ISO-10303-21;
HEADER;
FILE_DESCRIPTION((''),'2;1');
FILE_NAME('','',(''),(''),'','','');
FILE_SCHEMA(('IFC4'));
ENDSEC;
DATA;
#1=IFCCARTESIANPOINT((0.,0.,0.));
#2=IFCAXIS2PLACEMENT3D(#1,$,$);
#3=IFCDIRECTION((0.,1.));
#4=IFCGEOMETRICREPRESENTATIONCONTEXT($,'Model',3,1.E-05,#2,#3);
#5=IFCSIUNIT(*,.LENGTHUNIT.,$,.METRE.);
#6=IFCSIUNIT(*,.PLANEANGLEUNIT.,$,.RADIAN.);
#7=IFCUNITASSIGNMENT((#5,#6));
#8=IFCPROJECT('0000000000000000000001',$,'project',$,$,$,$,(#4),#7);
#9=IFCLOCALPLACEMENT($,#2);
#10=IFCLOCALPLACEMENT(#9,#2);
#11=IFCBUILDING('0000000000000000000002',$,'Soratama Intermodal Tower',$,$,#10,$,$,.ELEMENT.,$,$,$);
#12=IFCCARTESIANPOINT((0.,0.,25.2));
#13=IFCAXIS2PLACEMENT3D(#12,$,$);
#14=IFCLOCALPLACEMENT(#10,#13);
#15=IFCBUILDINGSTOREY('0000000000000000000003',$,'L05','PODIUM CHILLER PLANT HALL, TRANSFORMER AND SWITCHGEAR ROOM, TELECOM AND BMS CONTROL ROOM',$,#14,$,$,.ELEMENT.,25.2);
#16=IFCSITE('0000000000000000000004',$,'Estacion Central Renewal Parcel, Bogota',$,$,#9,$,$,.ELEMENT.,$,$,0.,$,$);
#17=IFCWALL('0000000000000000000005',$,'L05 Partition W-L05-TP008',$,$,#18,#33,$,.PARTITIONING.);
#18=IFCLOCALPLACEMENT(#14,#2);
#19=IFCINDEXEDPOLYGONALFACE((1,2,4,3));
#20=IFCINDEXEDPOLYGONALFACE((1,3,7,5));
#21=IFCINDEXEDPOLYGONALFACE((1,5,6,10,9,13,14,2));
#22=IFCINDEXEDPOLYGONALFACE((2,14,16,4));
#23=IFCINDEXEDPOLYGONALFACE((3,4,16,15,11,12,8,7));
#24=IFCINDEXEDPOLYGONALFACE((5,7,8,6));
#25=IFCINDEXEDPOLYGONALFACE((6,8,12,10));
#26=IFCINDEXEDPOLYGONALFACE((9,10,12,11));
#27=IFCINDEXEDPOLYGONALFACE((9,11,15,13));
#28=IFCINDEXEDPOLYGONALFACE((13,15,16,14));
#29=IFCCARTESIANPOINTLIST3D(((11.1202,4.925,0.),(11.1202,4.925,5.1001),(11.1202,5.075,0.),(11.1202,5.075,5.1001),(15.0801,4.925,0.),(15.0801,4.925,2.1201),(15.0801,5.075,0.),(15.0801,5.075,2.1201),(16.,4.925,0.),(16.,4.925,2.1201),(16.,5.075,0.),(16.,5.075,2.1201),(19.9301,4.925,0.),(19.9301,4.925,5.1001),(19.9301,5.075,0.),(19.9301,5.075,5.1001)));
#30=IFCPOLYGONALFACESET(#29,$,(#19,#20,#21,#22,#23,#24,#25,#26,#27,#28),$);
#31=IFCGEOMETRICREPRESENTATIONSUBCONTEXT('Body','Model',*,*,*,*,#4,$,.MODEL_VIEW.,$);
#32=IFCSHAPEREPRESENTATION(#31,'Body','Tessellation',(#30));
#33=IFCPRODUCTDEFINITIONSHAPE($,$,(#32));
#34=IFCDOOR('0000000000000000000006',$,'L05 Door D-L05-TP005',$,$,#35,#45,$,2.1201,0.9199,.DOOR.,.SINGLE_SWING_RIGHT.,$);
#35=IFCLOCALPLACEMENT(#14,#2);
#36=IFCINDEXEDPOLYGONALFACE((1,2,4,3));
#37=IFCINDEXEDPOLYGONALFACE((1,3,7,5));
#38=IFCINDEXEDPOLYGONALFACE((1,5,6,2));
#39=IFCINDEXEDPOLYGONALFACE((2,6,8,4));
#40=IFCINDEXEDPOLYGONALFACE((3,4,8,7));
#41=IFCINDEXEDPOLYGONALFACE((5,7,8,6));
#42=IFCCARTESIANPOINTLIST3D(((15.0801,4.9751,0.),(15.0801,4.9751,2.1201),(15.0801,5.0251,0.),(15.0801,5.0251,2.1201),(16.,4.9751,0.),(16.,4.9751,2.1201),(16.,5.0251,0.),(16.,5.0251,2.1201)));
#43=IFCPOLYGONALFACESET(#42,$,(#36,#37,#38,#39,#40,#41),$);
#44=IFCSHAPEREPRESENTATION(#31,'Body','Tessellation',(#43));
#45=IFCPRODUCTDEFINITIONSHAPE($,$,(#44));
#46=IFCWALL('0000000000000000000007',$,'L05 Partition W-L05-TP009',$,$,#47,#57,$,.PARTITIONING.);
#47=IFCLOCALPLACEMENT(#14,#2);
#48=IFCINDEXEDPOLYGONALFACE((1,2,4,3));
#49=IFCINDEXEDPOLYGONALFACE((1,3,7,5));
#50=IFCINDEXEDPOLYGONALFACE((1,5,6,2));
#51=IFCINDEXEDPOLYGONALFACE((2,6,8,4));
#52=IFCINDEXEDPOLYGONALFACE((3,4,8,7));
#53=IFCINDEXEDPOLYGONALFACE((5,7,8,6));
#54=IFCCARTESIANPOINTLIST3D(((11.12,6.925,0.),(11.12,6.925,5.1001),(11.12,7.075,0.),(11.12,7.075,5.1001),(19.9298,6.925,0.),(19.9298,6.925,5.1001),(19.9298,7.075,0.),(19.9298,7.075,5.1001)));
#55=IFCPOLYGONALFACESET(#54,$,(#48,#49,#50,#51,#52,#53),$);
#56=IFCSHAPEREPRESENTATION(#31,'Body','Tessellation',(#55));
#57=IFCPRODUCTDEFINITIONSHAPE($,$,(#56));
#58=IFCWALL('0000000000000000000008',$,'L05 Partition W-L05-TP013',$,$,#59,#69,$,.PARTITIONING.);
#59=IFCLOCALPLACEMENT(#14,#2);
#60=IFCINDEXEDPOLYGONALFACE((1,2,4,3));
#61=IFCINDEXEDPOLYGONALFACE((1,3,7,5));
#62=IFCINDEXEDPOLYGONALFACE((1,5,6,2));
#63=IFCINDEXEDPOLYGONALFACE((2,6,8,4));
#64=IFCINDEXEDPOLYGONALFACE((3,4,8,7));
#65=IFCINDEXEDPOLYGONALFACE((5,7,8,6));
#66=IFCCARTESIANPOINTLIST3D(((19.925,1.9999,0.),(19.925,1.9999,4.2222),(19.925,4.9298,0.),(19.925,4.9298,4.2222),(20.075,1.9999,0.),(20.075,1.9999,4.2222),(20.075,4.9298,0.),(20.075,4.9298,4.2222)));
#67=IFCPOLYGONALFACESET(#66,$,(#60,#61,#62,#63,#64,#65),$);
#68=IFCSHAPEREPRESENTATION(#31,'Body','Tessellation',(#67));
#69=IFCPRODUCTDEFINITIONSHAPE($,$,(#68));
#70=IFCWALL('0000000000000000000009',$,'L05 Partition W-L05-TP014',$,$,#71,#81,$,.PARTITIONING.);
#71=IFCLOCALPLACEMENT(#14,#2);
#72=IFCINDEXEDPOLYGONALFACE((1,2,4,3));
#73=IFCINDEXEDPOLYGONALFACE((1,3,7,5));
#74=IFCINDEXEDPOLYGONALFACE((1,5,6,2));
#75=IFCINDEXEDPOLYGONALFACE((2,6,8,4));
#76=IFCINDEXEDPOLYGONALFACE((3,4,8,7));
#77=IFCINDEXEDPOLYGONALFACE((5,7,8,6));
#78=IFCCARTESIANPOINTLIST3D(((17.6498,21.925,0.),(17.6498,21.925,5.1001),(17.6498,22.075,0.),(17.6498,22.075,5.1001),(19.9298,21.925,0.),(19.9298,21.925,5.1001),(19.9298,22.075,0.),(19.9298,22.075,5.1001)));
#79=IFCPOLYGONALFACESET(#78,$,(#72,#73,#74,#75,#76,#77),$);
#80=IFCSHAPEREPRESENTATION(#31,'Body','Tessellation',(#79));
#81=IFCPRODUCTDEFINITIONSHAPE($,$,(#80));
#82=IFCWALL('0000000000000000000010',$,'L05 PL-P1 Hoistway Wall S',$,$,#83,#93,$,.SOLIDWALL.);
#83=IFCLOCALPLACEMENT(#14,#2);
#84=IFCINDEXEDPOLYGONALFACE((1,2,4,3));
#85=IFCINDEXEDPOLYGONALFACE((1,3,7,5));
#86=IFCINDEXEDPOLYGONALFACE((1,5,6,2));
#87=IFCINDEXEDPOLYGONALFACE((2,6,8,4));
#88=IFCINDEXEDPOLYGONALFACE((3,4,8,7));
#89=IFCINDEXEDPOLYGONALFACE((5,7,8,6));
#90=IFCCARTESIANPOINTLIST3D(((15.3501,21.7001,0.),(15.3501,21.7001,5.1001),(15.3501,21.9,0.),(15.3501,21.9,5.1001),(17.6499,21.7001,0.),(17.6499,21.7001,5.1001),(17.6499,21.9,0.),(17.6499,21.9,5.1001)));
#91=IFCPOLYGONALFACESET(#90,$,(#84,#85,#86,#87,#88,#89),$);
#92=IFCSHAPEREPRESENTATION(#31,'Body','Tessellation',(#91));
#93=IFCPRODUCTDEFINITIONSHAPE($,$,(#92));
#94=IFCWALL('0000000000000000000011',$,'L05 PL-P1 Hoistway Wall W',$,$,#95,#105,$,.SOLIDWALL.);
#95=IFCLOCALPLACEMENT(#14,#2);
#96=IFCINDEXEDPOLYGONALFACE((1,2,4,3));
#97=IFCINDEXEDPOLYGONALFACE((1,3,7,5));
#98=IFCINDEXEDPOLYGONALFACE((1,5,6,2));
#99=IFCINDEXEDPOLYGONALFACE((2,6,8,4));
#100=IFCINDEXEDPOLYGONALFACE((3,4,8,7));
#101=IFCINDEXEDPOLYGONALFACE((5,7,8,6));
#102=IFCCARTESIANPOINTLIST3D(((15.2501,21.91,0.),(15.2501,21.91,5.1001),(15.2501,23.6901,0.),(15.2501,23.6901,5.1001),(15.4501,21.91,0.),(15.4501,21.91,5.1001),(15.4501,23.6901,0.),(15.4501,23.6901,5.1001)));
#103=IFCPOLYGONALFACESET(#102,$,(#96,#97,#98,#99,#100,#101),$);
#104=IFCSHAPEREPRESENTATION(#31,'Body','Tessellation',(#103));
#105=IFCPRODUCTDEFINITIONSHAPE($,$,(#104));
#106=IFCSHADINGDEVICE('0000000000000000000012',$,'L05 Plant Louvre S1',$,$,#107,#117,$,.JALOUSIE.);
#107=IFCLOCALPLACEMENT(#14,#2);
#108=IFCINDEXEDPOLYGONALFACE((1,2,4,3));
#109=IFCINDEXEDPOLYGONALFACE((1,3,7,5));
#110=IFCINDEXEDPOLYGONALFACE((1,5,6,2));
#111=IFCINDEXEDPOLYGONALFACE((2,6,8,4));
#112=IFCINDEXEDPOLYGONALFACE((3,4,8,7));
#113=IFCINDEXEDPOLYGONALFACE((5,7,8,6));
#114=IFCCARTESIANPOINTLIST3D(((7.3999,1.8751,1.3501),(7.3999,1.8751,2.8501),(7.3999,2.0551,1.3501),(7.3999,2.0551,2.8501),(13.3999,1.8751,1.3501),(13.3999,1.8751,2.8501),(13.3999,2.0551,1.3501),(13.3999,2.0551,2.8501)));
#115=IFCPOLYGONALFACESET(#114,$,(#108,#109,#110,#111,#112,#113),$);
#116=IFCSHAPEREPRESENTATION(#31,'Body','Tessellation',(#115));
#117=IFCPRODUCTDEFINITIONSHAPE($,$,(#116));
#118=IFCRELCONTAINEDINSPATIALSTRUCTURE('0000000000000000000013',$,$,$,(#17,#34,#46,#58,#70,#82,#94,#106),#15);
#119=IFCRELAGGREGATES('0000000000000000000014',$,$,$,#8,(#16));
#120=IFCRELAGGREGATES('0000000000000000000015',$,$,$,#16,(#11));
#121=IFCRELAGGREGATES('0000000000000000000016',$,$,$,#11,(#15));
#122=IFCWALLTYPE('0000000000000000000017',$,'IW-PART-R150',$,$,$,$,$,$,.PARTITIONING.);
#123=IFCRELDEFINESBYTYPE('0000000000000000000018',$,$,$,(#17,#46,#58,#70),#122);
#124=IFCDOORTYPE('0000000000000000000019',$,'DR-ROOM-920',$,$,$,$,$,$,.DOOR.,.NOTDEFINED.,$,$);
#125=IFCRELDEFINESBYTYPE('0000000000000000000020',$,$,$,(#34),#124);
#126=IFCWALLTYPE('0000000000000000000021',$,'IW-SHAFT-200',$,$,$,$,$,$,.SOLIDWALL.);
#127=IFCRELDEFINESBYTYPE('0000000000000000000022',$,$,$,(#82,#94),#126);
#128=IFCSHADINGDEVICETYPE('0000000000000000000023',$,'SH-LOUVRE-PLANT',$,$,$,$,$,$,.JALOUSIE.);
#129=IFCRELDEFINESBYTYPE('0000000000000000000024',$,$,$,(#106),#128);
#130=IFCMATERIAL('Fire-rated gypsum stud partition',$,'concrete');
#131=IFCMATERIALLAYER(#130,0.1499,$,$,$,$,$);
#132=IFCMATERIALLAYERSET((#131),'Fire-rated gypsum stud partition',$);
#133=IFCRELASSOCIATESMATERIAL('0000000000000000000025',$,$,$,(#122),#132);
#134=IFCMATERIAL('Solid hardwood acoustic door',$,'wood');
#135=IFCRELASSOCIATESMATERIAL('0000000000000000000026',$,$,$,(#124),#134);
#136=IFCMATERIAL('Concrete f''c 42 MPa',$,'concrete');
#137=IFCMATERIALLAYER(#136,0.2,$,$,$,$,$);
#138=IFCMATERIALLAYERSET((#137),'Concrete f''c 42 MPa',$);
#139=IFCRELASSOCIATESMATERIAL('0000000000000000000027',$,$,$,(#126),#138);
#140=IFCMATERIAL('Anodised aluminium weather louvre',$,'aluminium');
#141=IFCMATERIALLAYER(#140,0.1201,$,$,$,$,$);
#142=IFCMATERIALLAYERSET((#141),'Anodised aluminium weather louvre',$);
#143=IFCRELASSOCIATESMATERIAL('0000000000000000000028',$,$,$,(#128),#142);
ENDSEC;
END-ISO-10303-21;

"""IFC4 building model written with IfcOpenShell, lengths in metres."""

from ifc_helpers import new_model, si_unit, direction, frame, frame_2d, origin, origin_2d, place, context, subcontext, project, spatial, rectangle, extrude, material, layer, layer_set, type_object, element, fill, save


model = new_model("IFC4")

# Units and contexts
model_context = context("Model", 3, precision=1e-05, world=origin(), true_north=direction((0.0, 1.0)))
body_context = subcontext(model_context, "Body", "Model", "MODEL_VIEW")
ifc_project = project(units=[si_unit("LENGTHUNIT", "METRE"), si_unit("PLANEANGLEUNIT", "RADIAN")], contexts=[model_context])

# Site, building, storey
site_placement = place(None, origin())
site = spatial("IfcSite", under=ifc_project, at=site_placement, Name="Estacion Central Renewal Parcel, Bogota", CompositionType="ELEMENT", RefElevation=0.0)
building_placement = place(site_placement, origin())
building = spatial("IfcBuilding", under=site, at=building_placement, Name="Soratama Intermodal Tower", CompositionType="ELEMENT")
storey_placement = place(building_placement, frame((0.0, 0.0, 25.2)))
storey = spatial("IfcBuildingStorey", under=building, at=storey_placement, Name="L05", Description="PODIUM CHILLER PLANT HALL, TRANSFORMER AND SWITCHGEAR ROOM, TELECOM AND BMS CONTROL ROOM", CompositionType="ELEMENT", Elevation=25.2)

# Shared definitions
ifc_material_1 = material(Name="Fire-rated gypsum stud partition", Category="concrete")
ifc_layer_1 = layer(ifc_material_1, 0.1499)
ifc_layer_set_1 = layer_set([ifc_layer_1], Name="Fire-rated gypsum stud partition")
wall_type_1 = type_object("IfcWallType", Name="IW-PART-R150", PredefinedType="PARTITIONING", material=ifc_layer_set_1)

# Wall, opening, door
wall_1_placement = place(storey_placement, frame((19.9299, 5.0, 0.0), z_axis=(0.0, 0.0, 1.0), x_axis=(-1.0, 0.0, 0.0)))
wall_1 = element("IfcWall", 1, at=wall_1_placement, inside=storey, type_object=wall_type_1, Name="L05 Partition W-L05-TP008", PredefinedType="PARTITIONING", context=body_context, shape_type="SweptSolid", body=[
    extrude(rectangle(XDim=8.8098, YDim=0.1499, at=frame_2d((4.4048, 0.0))), origin(), (0.0, 0.0, 1.0), 5.1001),
])
opening_1_placement = place(wall_1_placement, frame((3.9299, 0.0, 0.0)))
opening_1 = element("IfcOpeningElement", 2, at=opening_1_placement, cuts=wall_1, PredefinedType="OPENING", context=body_context, shape_type="SweptSolid", body=[
    extrude(rectangle(XDim=0.9199, YDim=2.1201, at=frame_2d((0.46, 1.0601))), frame((0.0, 0.085, 0.0), z_axis=(0.0, -1.0, 0.0), x_axis=(1.0, 0.0, 0.0)), (0.0, 0.0, 1.0), 0.1699),
])
ifc_material_2 = material(Name="Solid hardwood acoustic door", Category="wood")
door_type_1 = type_object("IfcDoorType", Name="DR-ROOM-920", OperationType="NOTDEFINED", PredefinedType="DOOR", material=ifc_material_2)
door_1_placement = place(opening_1_placement, origin())
door_1 = element("IfcDoor", 3, at=door_1_placement, inside=storey, type_object=door_type_1, Name="L05 Door D-L05-TP005", OperationType="SINGLE_SWING_RIGHT", OverallHeight=2.1201, OverallWidth=0.9199, PredefinedType="DOOR", context=body_context, shape_type="SweptSolid", body=[
    extrude(rectangle(XDim=0.9199, YDim=2.1201, at=frame_2d((0.46, 1.0601))), frame((0.0, 0.0249, 0.0), z_axis=(0.0, -1.0, 0.0), x_axis=(1.0, 0.0, 0.0)), (0.0, 0.0, 1.0), 0.05),
])
fill(opening_1, door_1)

# Walls
wall_2_placement = place(storey_placement, frame((11.1201, 7.0, 0.0), z_axis=(0.0, 0.0, 1.0), x_axis=(1.0, 0.0, 0.0)))
element("IfcWall", 4, at=wall_2_placement, inside=storey, type_object=wall_type_1, Name="L05 Partition W-L05-TP009", PredefinedType="PARTITIONING", context=body_context, shape_type="SweptSolid", body=[
    extrude(rectangle(XDim=8.8098, YDim=0.1499, at=frame_2d((4.4048, 0.0))), origin(), (0.0, 0.0, 1.0), 5.1001),
])
wall_3_placement = place(storey_placement, frame((20.0, 2.0, 0.0), z_axis=(0.0, 0.0, 1.0), x_axis=(0.0, 1.0, 0.0)))
element("IfcWall", 5, at=wall_3_placement, inside=storey, type_object=wall_type_1, Name="L05 Partition W-L05-TP013", PredefinedType="PARTITIONING", context=body_context, shape_type="SweptSolid", body=[
    extrude(rectangle(XDim=2.9299, YDim=0.1499, at=frame_2d((1.4648, 0.0))), origin(), (0.0, 0.0, 1.0), 4.2222),
])
wall_4_placement = place(storey_placement, frame((19.9299, 22.0, 0.0), z_axis=(0.0, 0.0, 1.0), x_axis=(-1.0, 0.0, 0.0)))
element("IfcWall", 6, at=wall_4_placement, inside=storey, type_object=wall_type_1, Name="L05 Partition W-L05-TP014", PredefinedType="PARTITIONING", context=body_context, shape_type="SweptSolid", body=[
    extrude(rectangle(XDim=2.28, YDim=0.1499, at=frame_2d((1.1401, 0.0))), origin(), (0.0, 0.0, 1.0), 5.1001),
])
ifc_material_3 = material(Name="Concrete f'c 42 MPa", Category="concrete")
ifc_layer_2 = layer(ifc_material_3, 0.2)
ifc_layer_set_2 = layer_set([ifc_layer_2], Name="Concrete f'c 42 MPa")
wall_type_2 = type_object("IfcWallType", Name="IW-SHAFT-200", PredefinedType="SOLIDWALL", material=ifc_layer_set_2)
wall_5_placement = place(storey_placement, frame((15.3501, 21.8, 0.0), z_axis=(0.0, 0.0, 1.0), x_axis=(1.0, 0.0, 0.0)))
element("IfcWall", 7, at=wall_5_placement, inside=storey, type_object=wall_type_2, Name="L05 PL-P1 Hoistway Wall S", PredefinedType="SOLIDWALL", context=body_context, shape_type="SweptSolid", body=[
    extrude(rectangle(XDim=2.2998, YDim=0.2, at=frame_2d((1.1499, 0.0))), origin(), (0.0, 0.0, 1.0), 5.1001),
])
wall_6_placement = place(storey_placement, frame((15.3501, 21.9099, 0.0), z_axis=(0.0, 0.0, 1.0), x_axis=(0.0, 1.0, 0.0)))
element("IfcWall", 8, at=wall_6_placement, inside=storey, type_object=wall_type_2, Name="L05 PL-P1 Hoistway Wall W", PredefinedType="SOLIDWALL", context=body_context, shape_type="SweptSolid", body=[
    extrude(rectangle(XDim=1.78, YDim=0.2, at=frame_2d((0.8901, 0.0))), origin(), (0.0, 0.0, 1.0), 5.1001),
])

# Shading device
ifc_material_4 = material(Name="Anodised aluminium weather louvre", Category="aluminium")
ifc_layer_3 = layer(ifc_material_4, 0.1201)
ifc_layer_set_3 = layer_set([ifc_layer_3], Name="Anodised aluminium weather louvre")
shading_device_type = type_object("IfcShadingDeviceType", Name="SH-LOUVRE-PLANT", PredefinedType="JALOUSIE", material=ifc_layer_set_3)
shading_device_placement = place(storey_placement, frame((10.3999, 1.9651, 1.3501), z_axis=(0.0, 0.0, 1.0), x_axis=(1.0, 0.0, 0.0)))
element("IfcShadingDevice", 9, at=shading_device_placement, inside=storey, type_object=shading_device_type, Name="L05 Plant Louvre S1", PredefinedType="JALOUSIE", context=body_context, shape_type="SweptSolid", body=[
    extrude(rectangle(XDim=6.0, YDim=0.1799, at=origin_2d()), origin(), (0.0, 0.0, 1.0), 1.5),
])

save(model, "model.ifc")
